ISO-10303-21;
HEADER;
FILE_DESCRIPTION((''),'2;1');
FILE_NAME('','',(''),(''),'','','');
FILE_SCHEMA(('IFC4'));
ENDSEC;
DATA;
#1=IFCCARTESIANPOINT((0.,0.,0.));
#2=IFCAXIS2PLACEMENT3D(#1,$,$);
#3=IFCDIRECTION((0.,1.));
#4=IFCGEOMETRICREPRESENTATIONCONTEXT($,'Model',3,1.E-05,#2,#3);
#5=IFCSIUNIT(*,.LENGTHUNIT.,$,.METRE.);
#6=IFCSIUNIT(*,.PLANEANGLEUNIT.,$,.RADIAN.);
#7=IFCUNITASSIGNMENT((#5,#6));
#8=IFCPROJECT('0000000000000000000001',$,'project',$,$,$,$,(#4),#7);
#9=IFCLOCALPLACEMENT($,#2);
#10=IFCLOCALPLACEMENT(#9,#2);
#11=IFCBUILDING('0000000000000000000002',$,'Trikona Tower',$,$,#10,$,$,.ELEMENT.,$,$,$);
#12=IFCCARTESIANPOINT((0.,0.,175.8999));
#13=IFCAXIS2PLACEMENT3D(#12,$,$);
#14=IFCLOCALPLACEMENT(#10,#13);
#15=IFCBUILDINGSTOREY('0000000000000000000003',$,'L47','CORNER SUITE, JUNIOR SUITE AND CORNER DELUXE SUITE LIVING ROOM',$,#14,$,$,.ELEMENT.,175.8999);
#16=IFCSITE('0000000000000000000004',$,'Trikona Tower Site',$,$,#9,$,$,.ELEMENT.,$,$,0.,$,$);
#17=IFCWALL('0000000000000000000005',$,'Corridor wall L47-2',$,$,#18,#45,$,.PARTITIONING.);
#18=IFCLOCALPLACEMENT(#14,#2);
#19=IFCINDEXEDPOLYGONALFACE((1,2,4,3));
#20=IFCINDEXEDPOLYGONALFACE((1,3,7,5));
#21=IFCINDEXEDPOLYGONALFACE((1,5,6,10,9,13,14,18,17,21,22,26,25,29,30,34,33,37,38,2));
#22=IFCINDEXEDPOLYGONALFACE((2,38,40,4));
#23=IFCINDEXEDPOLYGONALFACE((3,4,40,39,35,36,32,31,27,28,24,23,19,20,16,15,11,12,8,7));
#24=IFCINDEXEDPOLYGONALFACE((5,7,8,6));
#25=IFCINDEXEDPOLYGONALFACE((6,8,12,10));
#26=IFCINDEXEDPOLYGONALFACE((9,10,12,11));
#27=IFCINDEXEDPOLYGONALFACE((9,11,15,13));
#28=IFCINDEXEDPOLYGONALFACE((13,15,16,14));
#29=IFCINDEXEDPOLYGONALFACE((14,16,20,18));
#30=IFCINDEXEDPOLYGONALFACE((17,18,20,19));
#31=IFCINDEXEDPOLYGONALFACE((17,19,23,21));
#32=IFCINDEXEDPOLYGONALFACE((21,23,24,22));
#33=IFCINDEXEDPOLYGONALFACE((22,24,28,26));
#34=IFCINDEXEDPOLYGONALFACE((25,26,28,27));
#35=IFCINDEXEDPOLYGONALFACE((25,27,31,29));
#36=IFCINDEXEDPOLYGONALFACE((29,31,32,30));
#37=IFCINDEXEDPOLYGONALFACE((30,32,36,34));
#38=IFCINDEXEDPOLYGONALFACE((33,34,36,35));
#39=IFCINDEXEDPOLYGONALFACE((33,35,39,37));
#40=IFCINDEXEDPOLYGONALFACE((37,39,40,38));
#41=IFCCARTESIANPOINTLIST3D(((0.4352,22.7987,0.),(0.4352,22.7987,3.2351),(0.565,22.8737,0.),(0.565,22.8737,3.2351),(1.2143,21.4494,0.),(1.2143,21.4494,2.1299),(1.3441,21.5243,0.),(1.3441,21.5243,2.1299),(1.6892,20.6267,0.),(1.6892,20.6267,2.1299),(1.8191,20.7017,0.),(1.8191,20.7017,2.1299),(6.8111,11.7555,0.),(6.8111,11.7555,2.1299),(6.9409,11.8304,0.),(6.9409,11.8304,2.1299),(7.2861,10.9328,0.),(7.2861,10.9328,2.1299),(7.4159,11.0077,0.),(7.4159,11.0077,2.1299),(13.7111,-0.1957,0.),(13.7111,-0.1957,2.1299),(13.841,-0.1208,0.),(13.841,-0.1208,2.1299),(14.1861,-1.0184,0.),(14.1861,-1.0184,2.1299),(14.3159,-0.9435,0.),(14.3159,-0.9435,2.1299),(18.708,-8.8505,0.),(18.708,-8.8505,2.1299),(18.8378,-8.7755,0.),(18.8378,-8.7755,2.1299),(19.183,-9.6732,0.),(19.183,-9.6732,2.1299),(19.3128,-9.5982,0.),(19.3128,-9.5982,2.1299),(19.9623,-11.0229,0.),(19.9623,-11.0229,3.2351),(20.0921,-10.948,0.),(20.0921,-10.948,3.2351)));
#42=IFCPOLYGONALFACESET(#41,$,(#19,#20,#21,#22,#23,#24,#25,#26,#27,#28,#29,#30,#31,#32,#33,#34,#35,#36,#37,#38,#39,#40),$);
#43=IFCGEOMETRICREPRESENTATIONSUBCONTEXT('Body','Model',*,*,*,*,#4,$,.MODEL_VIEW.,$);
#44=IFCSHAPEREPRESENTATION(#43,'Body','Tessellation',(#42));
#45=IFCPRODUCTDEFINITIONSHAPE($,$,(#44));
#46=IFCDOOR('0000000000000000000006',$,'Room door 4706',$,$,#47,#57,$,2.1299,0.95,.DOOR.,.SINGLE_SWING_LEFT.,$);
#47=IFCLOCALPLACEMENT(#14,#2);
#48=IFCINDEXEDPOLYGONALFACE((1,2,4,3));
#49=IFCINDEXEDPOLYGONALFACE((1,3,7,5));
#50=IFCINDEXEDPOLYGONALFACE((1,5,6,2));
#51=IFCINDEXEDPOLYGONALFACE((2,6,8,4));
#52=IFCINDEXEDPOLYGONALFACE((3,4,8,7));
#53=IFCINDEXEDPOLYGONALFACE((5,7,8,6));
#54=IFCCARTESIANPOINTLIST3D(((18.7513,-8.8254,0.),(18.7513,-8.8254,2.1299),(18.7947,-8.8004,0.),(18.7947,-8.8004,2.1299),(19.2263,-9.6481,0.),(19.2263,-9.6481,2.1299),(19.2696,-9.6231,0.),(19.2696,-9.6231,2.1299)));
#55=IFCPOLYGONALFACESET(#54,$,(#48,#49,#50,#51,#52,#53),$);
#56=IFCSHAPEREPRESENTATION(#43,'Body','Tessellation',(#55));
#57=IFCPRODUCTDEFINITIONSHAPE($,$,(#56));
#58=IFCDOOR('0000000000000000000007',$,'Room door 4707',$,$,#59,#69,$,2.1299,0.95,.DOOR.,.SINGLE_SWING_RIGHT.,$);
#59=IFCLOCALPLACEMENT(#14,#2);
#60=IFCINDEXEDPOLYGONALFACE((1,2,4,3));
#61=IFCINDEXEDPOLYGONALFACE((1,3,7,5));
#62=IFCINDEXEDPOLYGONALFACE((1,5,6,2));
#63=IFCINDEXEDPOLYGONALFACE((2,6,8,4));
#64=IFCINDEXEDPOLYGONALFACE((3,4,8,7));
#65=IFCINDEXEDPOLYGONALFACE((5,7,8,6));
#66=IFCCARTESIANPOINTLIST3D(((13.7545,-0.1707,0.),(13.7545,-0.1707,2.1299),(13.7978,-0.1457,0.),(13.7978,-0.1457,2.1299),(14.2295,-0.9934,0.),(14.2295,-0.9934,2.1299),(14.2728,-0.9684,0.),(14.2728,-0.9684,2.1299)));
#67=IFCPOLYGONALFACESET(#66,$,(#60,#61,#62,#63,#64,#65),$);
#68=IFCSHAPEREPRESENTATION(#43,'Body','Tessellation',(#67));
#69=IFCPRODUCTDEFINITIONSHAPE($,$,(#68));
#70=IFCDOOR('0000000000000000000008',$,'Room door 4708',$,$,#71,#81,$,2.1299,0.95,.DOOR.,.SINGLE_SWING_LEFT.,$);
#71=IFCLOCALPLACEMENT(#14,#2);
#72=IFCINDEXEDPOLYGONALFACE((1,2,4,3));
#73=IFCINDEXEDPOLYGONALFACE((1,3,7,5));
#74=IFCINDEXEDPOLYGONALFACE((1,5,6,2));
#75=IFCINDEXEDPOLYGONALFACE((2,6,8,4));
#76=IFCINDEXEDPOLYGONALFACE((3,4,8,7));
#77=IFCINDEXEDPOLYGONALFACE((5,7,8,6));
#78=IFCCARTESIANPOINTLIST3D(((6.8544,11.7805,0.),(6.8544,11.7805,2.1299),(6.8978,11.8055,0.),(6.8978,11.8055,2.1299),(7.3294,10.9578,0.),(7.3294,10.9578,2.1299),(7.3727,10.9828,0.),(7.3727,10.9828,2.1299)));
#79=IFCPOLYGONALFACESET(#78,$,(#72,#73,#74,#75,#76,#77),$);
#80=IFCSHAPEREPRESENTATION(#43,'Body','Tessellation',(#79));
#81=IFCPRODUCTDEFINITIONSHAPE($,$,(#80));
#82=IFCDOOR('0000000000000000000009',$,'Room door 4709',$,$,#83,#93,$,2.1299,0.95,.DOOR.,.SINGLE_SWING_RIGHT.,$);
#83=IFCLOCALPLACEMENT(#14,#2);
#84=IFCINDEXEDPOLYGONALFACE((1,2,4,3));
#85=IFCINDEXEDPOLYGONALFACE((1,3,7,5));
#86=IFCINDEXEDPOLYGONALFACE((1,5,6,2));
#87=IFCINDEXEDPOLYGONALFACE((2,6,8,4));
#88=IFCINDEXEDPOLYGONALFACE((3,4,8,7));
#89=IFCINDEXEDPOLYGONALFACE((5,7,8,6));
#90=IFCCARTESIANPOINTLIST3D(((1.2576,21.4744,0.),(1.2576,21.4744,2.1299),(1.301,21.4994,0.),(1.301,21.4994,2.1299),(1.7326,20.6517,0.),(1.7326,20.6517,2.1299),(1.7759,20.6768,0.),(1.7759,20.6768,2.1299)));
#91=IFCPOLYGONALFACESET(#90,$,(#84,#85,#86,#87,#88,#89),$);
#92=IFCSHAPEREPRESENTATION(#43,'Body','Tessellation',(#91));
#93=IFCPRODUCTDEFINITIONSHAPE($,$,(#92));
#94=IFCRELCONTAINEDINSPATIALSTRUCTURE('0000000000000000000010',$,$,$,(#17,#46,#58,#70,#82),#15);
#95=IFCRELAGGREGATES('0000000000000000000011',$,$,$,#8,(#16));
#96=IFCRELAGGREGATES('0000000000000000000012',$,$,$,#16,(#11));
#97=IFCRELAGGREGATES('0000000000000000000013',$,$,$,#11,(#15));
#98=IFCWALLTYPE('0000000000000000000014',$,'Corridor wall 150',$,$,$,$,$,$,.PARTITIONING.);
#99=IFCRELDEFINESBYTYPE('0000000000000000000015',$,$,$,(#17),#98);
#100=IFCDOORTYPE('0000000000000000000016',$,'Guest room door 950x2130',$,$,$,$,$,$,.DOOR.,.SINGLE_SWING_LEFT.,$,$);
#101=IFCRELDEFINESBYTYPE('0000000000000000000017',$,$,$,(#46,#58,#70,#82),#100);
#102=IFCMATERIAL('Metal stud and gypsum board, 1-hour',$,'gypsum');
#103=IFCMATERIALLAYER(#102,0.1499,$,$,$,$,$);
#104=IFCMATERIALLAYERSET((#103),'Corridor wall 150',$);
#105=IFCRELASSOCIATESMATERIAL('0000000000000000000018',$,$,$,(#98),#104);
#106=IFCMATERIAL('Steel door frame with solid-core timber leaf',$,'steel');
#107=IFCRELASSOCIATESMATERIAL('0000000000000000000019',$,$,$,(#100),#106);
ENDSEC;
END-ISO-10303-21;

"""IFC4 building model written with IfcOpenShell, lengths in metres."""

from ifc_helpers import new_model, si_unit, direction, frame, frame_2d, origin, place, context, subcontext, project, spatial, rectangle, extrude, material, layer, layer_set, type_object, element, fill, save


model = new_model("IFC4")

# Units and contexts
model_context = context("Model", 3, precision=1e-05, world=origin(), true_north=direction((0.0, 1.0)))
body_context = subcontext(model_context, "Body", "Model", "MODEL_VIEW")
ifc_project = project(units=[si_unit("LENGTHUNIT", "METRE"), si_unit("PLANEANGLEUNIT", "RADIAN")], contexts=[model_context])

# Site, building, storey
site_placement = place(None, origin())
site = spatial("IfcSite", under=ifc_project, at=site_placement, Name="Trikona Tower Site", CompositionType="ELEMENT", RefElevation=0.0)
building_placement = place(site_placement, origin())
building = spatial("IfcBuilding", under=site, at=building_placement, Name="Trikona Tower", CompositionType="ELEMENT")
storey_placement = place(building_placement, frame((0.0, 0.0, 175.8999)))
storey = spatial("IfcBuildingStorey", under=building, at=storey_placement, Name="L47", Description="CORNER SUITE, JUNIOR SUITE AND CORNER DELUXE SUITE LIVING ROOM", CompositionType="ELEMENT", Elevation=175.8999)

# Wall, openings, doors
ifc_material_1 = material(Name="Metal stud and gypsum board, 1-hour", Category="gypsum")
ifc_layer_1 = layer(ifc_material_1, 0.1499)
ifc_layer_set_1 = layer_set([ifc_layer_1], Name="Corridor wall 150")
wall_type_1 = type_object("IfcWallType", Name="Corridor wall 150", PredefinedType="PARTITIONING", material=ifc_layer_set_1)
wall_1_placement = place(storey_placement, frame((20.0271, -10.9854, 0.0), z_axis=(0.0, 0.0, 1.0), x_axis=(-0.500002, 0.866024, 0.0)))
wall_1 = element("IfcWall", 1, at=wall_1_placement, inside=storey, type_object=wall_type_1, Name="Corridor wall L47-2", PredefinedType="PARTITIONING", context=body_context, shape_type="SweptSolid", body=[
    extrude(rectangle(XDim=39.054, YDim=0.1499, at=frame_2d((19.5269, 0.0))), origin(), (0.0, 0.0, 1.0), 3.2351),
])
opening_1_placement = place(wall_1_placement, frame((1.5583, 0.0, 0.0)))
opening_1 = element("IfcOpeningElement", 2, at=opening_1_placement, cuts=wall_1, PredefinedType="OPENING", context=body_context, shape_type="SweptSolid", body=[
    extrude(rectangle(XDim=0.95, YDim=2.1299, at=frame_2d((0.4751, 1.0649))), frame((0.0, 0.085, 0.0), z_axis=(0.0, -1.0, 0.0), x_axis=(1.0, 0.0, 0.0)), (0.0, 0.0, 1.0), 0.1699),
])
opening_2_placement = place(wall_1_placement, frame((11.552, 0.0, 0.0)))
opening_2 = element("IfcOpeningElement", 3, at=opening_2_placement, cuts=wall_1, PredefinedType="OPENING", context=body_context, shape_type="SweptSolid", body=[
    extrude(rectangle(XDim=0.95, YDim=2.1299, at=frame_2d((0.4751, 1.0649))), frame((0.0, 0.085, 0.0), z_axis=(0.0, -1.0, 0.0), x_axis=(1.0, 0.0, 0.0)), (0.0, 0.0, 1.0), 0.1699),
])
opening_3_placement = place(wall_1_placement, frame((25.3521, 0.0, 0.0)))
opening_3 = element("IfcOpeningElement", 4, at=opening_3_placement, cuts=wall_1, PredefinedType="OPENING", context=body_context, shape_type="SweptSolid", body=[
    extrude(rectangle(XDim=0.95, YDim=2.1299, at=frame_2d((0.4751, 1.0649))), frame((0.0, 0.085, 0.0), z_axis=(0.0, -1.0, 0.0), x_axis=(1.0, 0.0, 0.0)), (0.0, 0.0, 1.0), 0.1699),
])
opening_4_placement = place(wall_1_placement, frame((36.5457, 0.0, 0.0)))
opening_4 = element("IfcOpeningElement", 5, at=opening_4_placement, cuts=wall_1, PredefinedType="OPENING", context=body_context, shape_type="SweptSolid", body=[
    extrude(rectangle(XDim=0.95, YDim=2.1299, at=frame_2d((0.4751, 1.0649))), frame((0.0, 0.085, 0.0), z_axis=(0.0, -1.0, 0.0), x_axis=(1.0, 0.0, 0.0)), (0.0, 0.0, 1.0), 0.1699),
])
ifc_material_2 = material(Name="Steel door frame with solid-core timber leaf", Category="steel")
door_type = type_object("IfcDoorType", Name="Guest room door 950x2130", OperationType="SINGLE_SWING_LEFT", PredefinedType="DOOR", material=ifc_material_2)
door_1_placement = place(opening_1_placement, origin())
door_1 = element("IfcDoor", 6, at=door_1_placement, inside=storey, type_object=door_type, Name="Room door 4706", OperationType="SINGLE_SWING_LEFT", OverallHeight=2.1299, OverallWidth=0.95, PredefinedType="DOOR", context=body_context, shape_type="SweptSolid", body=[
    extrude(rectangle(XDim=0.95, YDim=2.1299, at=frame_2d((0.4751, 1.0649))), frame((0.0, 0.0249, 0.0), z_axis=(0.0, -1.0, 0.0), x_axis=(1.0, 0.0, 0.0)), (0.0, 0.0, 1.0), 0.05),
])
fill(opening_1, door_1)
door_2_placement = place(opening_2_placement, origin())
door_2 = element("IfcDoor", 7, at=door_2_placement, inside=storey, type_object=door_type, Name="Room door 4707", OperationType="SINGLE_SWING_RIGHT", OverallHeight=2.1299, OverallWidth=0.95, PredefinedType="DOOR", context=body_context, shape_type="SweptSolid", body=[
    extrude(rectangle(XDim=0.95, YDim=2.1299, at=frame_2d((0.4751, 1.0649))), frame((0.0, 0.0249, 0.0), z_axis=(0.0, -1.0, 0.0), x_axis=(1.0, 0.0, 0.0)), (0.0, 0.0, 1.0), 0.05),
])
fill(opening_2, door_2)
door_3_placement = place(opening_3_placement, origin())
door_3 = element("IfcDoor", 8, at=door_3_placement, inside=storey, type_object=door_type, Name="Room door 4708", OperationType="SINGLE_SWING_LEFT", OverallHeight=2.1299, OverallWidth=0.95, PredefinedType="DOOR", context=body_context, shape_type="SweptSolid", body=[
    extrude(rectangle(XDim=0.95, YDim=2.1299, at=frame_2d((0.4751, 1.0649))), frame((0.0, 0.0249, 0.0), z_axis=(0.0, -1.0, 0.0), x_axis=(1.0, 0.0, 0.0)), (0.0, 0.0, 1.0), 0.05),
])
fill(opening_3, door_3)
door_4_placement = place(opening_4_placement, origin())
door_4 = element("IfcDoor", 9, at=door_4_placement, inside=storey, type_object=door_type, Name="Room door 4709", OperationType="SINGLE_SWING_RIGHT", OverallHeight=2.1299, OverallWidth=0.95, PredefinedType="DOOR", context=body_context, shape_type="SweptSolid", body=[
    extrude(rectangle(XDim=0.95, YDim=2.1299, at=frame_2d((0.4751, 1.0649))), frame((0.0, 0.0249, 0.0), z_axis=(0.0, -1.0, 0.0), x_axis=(1.0, 0.0, 0.0)), (0.0, 0.0, 1.0), 0.05),
])
fill(opening_4, door_4)

save(model, "model.ifc")
